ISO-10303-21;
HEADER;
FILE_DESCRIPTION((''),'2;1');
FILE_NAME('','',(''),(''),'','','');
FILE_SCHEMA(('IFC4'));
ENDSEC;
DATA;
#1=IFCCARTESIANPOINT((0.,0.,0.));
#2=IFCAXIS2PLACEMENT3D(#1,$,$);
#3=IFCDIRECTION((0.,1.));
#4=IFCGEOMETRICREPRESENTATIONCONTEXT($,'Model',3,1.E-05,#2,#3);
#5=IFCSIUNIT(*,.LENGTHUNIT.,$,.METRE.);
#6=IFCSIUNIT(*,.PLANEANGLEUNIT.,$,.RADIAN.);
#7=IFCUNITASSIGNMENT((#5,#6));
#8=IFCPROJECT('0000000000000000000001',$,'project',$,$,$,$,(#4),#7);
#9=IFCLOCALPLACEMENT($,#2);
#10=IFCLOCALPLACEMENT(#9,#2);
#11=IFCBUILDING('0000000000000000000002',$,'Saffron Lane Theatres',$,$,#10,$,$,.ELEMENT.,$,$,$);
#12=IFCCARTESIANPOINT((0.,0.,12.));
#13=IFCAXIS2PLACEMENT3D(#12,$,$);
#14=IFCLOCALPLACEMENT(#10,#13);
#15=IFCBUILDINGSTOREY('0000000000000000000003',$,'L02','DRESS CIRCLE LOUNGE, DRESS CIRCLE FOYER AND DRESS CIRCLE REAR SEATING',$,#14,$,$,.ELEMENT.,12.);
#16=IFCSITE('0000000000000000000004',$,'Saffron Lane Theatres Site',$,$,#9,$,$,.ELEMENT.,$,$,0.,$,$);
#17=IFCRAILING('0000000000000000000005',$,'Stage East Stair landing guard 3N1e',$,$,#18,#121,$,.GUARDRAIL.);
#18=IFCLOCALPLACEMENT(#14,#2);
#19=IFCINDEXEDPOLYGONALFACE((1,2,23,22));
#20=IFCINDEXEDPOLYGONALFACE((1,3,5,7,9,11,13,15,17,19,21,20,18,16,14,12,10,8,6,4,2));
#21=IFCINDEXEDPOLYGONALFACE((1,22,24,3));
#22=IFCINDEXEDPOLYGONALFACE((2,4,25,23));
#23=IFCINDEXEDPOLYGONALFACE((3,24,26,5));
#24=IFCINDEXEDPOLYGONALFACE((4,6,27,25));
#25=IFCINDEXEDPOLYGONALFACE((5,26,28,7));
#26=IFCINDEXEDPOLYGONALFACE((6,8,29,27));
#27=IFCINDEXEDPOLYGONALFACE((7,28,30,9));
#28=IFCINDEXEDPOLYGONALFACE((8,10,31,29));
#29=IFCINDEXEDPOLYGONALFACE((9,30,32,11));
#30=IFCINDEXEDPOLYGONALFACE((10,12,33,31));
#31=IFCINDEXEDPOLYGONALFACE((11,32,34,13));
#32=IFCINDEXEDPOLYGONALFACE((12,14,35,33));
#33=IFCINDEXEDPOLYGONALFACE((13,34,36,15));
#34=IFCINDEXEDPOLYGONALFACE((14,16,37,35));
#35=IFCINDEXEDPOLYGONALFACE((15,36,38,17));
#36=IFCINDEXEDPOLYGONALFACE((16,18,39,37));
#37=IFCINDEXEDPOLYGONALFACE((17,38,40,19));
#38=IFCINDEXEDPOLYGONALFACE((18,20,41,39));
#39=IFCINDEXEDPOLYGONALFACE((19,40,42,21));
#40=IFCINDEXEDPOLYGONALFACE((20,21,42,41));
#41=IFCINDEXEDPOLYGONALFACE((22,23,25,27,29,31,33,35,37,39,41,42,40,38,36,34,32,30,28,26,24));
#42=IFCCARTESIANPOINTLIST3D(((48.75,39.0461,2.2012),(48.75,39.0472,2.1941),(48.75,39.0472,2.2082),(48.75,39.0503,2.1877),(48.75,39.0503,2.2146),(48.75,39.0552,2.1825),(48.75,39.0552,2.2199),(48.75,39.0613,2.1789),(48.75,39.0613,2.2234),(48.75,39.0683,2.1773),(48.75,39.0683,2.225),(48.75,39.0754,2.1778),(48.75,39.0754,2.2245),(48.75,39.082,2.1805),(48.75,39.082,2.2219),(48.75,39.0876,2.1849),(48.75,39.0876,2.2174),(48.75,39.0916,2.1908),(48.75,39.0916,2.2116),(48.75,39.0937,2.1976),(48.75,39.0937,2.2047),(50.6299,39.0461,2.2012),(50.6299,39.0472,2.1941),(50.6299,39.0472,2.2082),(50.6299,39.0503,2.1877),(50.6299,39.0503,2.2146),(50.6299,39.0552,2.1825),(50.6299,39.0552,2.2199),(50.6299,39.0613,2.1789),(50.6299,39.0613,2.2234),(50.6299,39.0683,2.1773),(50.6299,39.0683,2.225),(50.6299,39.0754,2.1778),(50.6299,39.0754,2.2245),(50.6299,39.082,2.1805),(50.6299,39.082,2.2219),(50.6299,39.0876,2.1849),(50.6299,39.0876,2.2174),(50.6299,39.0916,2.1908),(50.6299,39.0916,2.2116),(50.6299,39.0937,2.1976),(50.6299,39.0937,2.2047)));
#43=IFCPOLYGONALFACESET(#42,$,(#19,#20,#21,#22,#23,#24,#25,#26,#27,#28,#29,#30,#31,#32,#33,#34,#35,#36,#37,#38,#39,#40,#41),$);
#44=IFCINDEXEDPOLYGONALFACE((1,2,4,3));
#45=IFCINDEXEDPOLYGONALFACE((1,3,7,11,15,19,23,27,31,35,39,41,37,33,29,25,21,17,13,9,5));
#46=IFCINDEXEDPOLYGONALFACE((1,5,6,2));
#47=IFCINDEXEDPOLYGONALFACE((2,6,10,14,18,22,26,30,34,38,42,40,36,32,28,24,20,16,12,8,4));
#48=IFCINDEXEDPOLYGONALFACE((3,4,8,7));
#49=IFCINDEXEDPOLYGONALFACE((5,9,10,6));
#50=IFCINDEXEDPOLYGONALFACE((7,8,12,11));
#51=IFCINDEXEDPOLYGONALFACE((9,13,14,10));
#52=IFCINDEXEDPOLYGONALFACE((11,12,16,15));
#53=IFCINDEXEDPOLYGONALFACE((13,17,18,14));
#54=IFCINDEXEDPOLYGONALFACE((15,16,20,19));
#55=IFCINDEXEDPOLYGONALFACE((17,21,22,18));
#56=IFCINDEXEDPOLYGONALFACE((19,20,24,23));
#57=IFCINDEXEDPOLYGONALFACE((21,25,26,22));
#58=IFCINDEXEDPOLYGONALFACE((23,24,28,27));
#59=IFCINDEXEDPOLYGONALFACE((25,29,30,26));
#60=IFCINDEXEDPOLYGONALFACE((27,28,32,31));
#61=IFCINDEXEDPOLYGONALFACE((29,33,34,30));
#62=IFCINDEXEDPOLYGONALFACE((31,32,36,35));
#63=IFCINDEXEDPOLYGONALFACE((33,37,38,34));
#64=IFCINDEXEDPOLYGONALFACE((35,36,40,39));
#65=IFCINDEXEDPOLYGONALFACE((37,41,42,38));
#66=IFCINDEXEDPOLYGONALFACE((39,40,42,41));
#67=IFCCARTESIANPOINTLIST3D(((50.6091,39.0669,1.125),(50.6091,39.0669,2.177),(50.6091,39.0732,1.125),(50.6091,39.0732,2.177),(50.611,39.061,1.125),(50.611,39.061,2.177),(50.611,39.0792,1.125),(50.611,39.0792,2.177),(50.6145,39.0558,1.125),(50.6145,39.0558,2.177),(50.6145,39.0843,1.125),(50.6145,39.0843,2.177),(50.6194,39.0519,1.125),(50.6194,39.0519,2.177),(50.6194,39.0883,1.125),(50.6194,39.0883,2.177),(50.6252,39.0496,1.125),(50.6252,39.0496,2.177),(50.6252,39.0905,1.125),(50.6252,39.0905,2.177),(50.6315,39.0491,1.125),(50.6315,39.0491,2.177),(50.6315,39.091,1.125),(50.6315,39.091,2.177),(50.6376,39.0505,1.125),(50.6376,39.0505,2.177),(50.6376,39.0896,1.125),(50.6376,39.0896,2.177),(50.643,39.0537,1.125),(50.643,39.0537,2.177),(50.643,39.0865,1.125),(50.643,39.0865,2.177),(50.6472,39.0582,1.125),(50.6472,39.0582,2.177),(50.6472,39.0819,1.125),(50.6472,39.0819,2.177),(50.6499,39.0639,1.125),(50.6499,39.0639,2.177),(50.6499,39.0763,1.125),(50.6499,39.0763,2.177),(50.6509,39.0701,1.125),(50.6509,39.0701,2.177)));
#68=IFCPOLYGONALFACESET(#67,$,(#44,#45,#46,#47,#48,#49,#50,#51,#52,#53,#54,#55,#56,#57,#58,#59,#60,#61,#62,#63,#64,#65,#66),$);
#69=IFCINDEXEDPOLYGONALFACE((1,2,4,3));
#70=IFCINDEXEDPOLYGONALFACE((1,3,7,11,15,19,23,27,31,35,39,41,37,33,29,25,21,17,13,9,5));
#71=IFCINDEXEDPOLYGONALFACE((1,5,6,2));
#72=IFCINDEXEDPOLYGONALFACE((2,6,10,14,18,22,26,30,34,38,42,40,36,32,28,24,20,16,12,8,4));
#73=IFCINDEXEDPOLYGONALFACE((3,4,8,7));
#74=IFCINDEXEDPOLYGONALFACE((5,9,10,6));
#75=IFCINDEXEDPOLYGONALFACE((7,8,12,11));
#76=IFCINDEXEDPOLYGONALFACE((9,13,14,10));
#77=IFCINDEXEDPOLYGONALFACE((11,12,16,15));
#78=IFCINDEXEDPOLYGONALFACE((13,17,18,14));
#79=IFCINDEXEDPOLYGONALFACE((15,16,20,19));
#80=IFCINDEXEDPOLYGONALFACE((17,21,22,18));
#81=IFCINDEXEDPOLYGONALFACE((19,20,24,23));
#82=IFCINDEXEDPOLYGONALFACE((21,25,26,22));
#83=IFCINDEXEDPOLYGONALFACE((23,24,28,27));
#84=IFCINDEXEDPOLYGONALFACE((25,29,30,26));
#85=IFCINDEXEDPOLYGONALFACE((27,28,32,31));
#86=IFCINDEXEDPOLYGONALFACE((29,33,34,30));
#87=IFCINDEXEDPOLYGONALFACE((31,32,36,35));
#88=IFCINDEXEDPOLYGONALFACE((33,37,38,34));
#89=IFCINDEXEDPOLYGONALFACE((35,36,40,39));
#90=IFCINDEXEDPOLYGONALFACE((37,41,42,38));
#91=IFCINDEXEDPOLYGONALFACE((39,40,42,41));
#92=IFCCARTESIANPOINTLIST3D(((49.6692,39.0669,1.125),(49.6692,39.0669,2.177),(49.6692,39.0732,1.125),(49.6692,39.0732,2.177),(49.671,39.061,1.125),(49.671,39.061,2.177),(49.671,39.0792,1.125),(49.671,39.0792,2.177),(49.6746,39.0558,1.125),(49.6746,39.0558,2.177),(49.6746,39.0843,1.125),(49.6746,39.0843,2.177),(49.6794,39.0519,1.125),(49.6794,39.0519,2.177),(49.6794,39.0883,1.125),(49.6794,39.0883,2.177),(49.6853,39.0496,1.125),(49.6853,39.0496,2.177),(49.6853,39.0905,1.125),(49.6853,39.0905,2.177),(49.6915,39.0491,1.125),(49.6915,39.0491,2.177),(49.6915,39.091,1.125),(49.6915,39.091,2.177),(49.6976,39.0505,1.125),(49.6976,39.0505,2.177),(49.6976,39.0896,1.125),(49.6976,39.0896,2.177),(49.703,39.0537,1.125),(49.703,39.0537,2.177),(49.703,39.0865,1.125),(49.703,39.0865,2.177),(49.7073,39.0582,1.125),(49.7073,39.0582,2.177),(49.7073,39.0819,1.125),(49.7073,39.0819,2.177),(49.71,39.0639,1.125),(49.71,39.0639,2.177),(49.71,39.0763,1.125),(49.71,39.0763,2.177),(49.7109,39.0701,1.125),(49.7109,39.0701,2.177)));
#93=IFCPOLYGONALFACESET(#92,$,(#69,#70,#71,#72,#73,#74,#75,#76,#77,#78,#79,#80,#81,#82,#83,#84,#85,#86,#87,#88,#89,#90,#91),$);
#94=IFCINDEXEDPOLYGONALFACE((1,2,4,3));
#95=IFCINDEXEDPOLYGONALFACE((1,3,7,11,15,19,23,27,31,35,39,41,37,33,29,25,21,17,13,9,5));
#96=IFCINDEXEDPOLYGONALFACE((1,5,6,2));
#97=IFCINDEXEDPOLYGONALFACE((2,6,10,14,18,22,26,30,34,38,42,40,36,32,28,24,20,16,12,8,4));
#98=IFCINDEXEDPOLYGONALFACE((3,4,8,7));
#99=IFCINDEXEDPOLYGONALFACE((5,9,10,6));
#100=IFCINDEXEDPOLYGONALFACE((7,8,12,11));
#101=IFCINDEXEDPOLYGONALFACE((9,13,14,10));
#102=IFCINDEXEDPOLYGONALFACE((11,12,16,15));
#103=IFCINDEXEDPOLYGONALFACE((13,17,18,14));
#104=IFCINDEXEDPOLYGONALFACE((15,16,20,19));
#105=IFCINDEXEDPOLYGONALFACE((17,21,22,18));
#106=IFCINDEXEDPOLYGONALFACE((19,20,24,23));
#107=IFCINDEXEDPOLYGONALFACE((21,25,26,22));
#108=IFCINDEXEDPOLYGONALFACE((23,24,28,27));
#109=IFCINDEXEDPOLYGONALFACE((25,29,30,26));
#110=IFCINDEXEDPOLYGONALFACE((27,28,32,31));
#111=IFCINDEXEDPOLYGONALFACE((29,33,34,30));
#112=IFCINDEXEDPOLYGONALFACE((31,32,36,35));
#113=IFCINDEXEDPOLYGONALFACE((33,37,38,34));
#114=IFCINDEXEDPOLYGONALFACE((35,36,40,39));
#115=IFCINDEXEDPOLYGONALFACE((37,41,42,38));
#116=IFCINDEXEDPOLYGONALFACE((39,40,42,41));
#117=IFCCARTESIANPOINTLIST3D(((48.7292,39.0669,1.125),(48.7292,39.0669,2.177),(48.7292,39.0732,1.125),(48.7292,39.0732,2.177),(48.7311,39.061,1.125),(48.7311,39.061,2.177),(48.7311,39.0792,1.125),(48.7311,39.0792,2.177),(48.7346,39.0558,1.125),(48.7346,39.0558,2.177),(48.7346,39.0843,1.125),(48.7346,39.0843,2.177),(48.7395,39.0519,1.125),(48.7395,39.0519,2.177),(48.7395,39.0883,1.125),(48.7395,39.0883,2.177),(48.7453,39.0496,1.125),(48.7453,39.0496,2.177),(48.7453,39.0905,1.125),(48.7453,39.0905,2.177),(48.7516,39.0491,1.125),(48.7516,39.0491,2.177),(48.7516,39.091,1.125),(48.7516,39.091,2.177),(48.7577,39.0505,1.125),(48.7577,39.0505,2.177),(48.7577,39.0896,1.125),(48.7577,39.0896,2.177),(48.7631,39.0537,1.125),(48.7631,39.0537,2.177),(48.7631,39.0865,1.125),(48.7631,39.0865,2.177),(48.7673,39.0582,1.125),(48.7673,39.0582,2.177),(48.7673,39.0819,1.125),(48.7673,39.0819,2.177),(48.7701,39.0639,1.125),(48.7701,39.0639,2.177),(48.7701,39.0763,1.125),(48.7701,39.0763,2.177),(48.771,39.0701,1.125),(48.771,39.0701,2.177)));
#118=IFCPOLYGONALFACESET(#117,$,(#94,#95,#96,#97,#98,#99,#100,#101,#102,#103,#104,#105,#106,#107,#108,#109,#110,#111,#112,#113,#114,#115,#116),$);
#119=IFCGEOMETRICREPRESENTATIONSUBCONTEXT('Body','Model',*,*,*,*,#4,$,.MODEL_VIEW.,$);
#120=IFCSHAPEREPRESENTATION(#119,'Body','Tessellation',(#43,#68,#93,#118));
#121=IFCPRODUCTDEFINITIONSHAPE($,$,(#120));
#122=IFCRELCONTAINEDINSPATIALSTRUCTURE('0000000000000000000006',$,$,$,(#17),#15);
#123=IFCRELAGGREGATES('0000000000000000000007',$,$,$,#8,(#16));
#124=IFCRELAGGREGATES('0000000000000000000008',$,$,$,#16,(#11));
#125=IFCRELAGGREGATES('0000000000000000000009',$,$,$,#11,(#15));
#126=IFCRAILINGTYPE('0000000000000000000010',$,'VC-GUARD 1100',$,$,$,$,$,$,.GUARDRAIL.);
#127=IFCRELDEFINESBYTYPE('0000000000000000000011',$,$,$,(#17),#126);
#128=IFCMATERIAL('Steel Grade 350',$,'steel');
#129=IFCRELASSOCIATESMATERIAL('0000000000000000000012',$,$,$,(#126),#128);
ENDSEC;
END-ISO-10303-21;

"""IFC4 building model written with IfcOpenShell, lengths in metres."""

from ifc_helpers import new_model, si_unit, direction, frame, origin, origin_2d, place, context, subcontext, project, spatial, circle, extrude, material, type_object, element, save


model = new_model("IFC4")

# Units and contexts
model_context = context("Model", 3, precision=1e-05, world=origin(), true_north=direction((0.0, 1.0)))
body_context = subcontext(model_context, "Body", "Model", "MODEL_VIEW")
ifc_project = project(units=[si_unit("LENGTHUNIT", "METRE"), si_unit("PLANEANGLEUNIT", "RADIAN")], contexts=[model_context])

# Site, building, storey
site_placement = place(None, origin())
site = spatial("IfcSite", under=ifc_project, at=site_placement, Name="Saffron Lane Theatres Site", CompositionType="ELEMENT", RefElevation=0.0)
building_placement = place(site_placement, origin())
building = spatial("IfcBuilding", under=site, at=building_placement, Name="Saffron Lane Theatres", CompositionType="ELEMENT")
storey_placement = place(building_placement, frame((0.0, 0.0, 12.0)))
storey = spatial("IfcBuildingStorey", under=building, at=storey_placement, Name="L02", Description="DRESS CIRCLE LOUNGE, DRESS CIRCLE FOYER AND DRESS CIRCLE REAR SEATING", CompositionType="ELEMENT", Elevation=12.0)

# Railing
ifc_material_1 = material(Name="Steel Grade 350", Category="steel")
railing_type_1 = type_object("IfcRailingType", Name="VC-GUARD 1100", PredefinedType="GUARDRAIL", material=ifc_material_1)
railing_1_placement = place(storey_placement, frame((50.6299, 39.0701, 1.125)))
element("IfcRailing", 1, at=railing_1_placement, inside=storey, type_object=railing_type_1, Name="Stage East Stair landing guard 3N1e", PredefinedType="GUARDRAIL", context=body_context, shape_type="SweptSolid", body=[
    extrude(circle(Radius=0.0239, at=origin_2d()), frame((0.0, 0.0, 1.0762), z_axis=(-1.0, 0.0, 0.0), x_axis=(0.0, -1.0, 0.0)), (0.0, 0.0, 1.0), 1.8799),
    extrude(circle(Radius=0.021, at=origin_2d()), origin(), (0.0, 0.0, 1.0), 1.052),
    extrude(circle(Radius=0.021, at=origin_2d()), frame((-0.9399, 0.0, 0.0)), (0.0, 0.0, 1.0), 1.052),
    extrude(circle(Radius=0.021, at=origin_2d()), frame((-1.8799, 0.0, 0.0)), (0.0, 0.0, 1.0), 1.052),
])

save(model, "model.ifc")
